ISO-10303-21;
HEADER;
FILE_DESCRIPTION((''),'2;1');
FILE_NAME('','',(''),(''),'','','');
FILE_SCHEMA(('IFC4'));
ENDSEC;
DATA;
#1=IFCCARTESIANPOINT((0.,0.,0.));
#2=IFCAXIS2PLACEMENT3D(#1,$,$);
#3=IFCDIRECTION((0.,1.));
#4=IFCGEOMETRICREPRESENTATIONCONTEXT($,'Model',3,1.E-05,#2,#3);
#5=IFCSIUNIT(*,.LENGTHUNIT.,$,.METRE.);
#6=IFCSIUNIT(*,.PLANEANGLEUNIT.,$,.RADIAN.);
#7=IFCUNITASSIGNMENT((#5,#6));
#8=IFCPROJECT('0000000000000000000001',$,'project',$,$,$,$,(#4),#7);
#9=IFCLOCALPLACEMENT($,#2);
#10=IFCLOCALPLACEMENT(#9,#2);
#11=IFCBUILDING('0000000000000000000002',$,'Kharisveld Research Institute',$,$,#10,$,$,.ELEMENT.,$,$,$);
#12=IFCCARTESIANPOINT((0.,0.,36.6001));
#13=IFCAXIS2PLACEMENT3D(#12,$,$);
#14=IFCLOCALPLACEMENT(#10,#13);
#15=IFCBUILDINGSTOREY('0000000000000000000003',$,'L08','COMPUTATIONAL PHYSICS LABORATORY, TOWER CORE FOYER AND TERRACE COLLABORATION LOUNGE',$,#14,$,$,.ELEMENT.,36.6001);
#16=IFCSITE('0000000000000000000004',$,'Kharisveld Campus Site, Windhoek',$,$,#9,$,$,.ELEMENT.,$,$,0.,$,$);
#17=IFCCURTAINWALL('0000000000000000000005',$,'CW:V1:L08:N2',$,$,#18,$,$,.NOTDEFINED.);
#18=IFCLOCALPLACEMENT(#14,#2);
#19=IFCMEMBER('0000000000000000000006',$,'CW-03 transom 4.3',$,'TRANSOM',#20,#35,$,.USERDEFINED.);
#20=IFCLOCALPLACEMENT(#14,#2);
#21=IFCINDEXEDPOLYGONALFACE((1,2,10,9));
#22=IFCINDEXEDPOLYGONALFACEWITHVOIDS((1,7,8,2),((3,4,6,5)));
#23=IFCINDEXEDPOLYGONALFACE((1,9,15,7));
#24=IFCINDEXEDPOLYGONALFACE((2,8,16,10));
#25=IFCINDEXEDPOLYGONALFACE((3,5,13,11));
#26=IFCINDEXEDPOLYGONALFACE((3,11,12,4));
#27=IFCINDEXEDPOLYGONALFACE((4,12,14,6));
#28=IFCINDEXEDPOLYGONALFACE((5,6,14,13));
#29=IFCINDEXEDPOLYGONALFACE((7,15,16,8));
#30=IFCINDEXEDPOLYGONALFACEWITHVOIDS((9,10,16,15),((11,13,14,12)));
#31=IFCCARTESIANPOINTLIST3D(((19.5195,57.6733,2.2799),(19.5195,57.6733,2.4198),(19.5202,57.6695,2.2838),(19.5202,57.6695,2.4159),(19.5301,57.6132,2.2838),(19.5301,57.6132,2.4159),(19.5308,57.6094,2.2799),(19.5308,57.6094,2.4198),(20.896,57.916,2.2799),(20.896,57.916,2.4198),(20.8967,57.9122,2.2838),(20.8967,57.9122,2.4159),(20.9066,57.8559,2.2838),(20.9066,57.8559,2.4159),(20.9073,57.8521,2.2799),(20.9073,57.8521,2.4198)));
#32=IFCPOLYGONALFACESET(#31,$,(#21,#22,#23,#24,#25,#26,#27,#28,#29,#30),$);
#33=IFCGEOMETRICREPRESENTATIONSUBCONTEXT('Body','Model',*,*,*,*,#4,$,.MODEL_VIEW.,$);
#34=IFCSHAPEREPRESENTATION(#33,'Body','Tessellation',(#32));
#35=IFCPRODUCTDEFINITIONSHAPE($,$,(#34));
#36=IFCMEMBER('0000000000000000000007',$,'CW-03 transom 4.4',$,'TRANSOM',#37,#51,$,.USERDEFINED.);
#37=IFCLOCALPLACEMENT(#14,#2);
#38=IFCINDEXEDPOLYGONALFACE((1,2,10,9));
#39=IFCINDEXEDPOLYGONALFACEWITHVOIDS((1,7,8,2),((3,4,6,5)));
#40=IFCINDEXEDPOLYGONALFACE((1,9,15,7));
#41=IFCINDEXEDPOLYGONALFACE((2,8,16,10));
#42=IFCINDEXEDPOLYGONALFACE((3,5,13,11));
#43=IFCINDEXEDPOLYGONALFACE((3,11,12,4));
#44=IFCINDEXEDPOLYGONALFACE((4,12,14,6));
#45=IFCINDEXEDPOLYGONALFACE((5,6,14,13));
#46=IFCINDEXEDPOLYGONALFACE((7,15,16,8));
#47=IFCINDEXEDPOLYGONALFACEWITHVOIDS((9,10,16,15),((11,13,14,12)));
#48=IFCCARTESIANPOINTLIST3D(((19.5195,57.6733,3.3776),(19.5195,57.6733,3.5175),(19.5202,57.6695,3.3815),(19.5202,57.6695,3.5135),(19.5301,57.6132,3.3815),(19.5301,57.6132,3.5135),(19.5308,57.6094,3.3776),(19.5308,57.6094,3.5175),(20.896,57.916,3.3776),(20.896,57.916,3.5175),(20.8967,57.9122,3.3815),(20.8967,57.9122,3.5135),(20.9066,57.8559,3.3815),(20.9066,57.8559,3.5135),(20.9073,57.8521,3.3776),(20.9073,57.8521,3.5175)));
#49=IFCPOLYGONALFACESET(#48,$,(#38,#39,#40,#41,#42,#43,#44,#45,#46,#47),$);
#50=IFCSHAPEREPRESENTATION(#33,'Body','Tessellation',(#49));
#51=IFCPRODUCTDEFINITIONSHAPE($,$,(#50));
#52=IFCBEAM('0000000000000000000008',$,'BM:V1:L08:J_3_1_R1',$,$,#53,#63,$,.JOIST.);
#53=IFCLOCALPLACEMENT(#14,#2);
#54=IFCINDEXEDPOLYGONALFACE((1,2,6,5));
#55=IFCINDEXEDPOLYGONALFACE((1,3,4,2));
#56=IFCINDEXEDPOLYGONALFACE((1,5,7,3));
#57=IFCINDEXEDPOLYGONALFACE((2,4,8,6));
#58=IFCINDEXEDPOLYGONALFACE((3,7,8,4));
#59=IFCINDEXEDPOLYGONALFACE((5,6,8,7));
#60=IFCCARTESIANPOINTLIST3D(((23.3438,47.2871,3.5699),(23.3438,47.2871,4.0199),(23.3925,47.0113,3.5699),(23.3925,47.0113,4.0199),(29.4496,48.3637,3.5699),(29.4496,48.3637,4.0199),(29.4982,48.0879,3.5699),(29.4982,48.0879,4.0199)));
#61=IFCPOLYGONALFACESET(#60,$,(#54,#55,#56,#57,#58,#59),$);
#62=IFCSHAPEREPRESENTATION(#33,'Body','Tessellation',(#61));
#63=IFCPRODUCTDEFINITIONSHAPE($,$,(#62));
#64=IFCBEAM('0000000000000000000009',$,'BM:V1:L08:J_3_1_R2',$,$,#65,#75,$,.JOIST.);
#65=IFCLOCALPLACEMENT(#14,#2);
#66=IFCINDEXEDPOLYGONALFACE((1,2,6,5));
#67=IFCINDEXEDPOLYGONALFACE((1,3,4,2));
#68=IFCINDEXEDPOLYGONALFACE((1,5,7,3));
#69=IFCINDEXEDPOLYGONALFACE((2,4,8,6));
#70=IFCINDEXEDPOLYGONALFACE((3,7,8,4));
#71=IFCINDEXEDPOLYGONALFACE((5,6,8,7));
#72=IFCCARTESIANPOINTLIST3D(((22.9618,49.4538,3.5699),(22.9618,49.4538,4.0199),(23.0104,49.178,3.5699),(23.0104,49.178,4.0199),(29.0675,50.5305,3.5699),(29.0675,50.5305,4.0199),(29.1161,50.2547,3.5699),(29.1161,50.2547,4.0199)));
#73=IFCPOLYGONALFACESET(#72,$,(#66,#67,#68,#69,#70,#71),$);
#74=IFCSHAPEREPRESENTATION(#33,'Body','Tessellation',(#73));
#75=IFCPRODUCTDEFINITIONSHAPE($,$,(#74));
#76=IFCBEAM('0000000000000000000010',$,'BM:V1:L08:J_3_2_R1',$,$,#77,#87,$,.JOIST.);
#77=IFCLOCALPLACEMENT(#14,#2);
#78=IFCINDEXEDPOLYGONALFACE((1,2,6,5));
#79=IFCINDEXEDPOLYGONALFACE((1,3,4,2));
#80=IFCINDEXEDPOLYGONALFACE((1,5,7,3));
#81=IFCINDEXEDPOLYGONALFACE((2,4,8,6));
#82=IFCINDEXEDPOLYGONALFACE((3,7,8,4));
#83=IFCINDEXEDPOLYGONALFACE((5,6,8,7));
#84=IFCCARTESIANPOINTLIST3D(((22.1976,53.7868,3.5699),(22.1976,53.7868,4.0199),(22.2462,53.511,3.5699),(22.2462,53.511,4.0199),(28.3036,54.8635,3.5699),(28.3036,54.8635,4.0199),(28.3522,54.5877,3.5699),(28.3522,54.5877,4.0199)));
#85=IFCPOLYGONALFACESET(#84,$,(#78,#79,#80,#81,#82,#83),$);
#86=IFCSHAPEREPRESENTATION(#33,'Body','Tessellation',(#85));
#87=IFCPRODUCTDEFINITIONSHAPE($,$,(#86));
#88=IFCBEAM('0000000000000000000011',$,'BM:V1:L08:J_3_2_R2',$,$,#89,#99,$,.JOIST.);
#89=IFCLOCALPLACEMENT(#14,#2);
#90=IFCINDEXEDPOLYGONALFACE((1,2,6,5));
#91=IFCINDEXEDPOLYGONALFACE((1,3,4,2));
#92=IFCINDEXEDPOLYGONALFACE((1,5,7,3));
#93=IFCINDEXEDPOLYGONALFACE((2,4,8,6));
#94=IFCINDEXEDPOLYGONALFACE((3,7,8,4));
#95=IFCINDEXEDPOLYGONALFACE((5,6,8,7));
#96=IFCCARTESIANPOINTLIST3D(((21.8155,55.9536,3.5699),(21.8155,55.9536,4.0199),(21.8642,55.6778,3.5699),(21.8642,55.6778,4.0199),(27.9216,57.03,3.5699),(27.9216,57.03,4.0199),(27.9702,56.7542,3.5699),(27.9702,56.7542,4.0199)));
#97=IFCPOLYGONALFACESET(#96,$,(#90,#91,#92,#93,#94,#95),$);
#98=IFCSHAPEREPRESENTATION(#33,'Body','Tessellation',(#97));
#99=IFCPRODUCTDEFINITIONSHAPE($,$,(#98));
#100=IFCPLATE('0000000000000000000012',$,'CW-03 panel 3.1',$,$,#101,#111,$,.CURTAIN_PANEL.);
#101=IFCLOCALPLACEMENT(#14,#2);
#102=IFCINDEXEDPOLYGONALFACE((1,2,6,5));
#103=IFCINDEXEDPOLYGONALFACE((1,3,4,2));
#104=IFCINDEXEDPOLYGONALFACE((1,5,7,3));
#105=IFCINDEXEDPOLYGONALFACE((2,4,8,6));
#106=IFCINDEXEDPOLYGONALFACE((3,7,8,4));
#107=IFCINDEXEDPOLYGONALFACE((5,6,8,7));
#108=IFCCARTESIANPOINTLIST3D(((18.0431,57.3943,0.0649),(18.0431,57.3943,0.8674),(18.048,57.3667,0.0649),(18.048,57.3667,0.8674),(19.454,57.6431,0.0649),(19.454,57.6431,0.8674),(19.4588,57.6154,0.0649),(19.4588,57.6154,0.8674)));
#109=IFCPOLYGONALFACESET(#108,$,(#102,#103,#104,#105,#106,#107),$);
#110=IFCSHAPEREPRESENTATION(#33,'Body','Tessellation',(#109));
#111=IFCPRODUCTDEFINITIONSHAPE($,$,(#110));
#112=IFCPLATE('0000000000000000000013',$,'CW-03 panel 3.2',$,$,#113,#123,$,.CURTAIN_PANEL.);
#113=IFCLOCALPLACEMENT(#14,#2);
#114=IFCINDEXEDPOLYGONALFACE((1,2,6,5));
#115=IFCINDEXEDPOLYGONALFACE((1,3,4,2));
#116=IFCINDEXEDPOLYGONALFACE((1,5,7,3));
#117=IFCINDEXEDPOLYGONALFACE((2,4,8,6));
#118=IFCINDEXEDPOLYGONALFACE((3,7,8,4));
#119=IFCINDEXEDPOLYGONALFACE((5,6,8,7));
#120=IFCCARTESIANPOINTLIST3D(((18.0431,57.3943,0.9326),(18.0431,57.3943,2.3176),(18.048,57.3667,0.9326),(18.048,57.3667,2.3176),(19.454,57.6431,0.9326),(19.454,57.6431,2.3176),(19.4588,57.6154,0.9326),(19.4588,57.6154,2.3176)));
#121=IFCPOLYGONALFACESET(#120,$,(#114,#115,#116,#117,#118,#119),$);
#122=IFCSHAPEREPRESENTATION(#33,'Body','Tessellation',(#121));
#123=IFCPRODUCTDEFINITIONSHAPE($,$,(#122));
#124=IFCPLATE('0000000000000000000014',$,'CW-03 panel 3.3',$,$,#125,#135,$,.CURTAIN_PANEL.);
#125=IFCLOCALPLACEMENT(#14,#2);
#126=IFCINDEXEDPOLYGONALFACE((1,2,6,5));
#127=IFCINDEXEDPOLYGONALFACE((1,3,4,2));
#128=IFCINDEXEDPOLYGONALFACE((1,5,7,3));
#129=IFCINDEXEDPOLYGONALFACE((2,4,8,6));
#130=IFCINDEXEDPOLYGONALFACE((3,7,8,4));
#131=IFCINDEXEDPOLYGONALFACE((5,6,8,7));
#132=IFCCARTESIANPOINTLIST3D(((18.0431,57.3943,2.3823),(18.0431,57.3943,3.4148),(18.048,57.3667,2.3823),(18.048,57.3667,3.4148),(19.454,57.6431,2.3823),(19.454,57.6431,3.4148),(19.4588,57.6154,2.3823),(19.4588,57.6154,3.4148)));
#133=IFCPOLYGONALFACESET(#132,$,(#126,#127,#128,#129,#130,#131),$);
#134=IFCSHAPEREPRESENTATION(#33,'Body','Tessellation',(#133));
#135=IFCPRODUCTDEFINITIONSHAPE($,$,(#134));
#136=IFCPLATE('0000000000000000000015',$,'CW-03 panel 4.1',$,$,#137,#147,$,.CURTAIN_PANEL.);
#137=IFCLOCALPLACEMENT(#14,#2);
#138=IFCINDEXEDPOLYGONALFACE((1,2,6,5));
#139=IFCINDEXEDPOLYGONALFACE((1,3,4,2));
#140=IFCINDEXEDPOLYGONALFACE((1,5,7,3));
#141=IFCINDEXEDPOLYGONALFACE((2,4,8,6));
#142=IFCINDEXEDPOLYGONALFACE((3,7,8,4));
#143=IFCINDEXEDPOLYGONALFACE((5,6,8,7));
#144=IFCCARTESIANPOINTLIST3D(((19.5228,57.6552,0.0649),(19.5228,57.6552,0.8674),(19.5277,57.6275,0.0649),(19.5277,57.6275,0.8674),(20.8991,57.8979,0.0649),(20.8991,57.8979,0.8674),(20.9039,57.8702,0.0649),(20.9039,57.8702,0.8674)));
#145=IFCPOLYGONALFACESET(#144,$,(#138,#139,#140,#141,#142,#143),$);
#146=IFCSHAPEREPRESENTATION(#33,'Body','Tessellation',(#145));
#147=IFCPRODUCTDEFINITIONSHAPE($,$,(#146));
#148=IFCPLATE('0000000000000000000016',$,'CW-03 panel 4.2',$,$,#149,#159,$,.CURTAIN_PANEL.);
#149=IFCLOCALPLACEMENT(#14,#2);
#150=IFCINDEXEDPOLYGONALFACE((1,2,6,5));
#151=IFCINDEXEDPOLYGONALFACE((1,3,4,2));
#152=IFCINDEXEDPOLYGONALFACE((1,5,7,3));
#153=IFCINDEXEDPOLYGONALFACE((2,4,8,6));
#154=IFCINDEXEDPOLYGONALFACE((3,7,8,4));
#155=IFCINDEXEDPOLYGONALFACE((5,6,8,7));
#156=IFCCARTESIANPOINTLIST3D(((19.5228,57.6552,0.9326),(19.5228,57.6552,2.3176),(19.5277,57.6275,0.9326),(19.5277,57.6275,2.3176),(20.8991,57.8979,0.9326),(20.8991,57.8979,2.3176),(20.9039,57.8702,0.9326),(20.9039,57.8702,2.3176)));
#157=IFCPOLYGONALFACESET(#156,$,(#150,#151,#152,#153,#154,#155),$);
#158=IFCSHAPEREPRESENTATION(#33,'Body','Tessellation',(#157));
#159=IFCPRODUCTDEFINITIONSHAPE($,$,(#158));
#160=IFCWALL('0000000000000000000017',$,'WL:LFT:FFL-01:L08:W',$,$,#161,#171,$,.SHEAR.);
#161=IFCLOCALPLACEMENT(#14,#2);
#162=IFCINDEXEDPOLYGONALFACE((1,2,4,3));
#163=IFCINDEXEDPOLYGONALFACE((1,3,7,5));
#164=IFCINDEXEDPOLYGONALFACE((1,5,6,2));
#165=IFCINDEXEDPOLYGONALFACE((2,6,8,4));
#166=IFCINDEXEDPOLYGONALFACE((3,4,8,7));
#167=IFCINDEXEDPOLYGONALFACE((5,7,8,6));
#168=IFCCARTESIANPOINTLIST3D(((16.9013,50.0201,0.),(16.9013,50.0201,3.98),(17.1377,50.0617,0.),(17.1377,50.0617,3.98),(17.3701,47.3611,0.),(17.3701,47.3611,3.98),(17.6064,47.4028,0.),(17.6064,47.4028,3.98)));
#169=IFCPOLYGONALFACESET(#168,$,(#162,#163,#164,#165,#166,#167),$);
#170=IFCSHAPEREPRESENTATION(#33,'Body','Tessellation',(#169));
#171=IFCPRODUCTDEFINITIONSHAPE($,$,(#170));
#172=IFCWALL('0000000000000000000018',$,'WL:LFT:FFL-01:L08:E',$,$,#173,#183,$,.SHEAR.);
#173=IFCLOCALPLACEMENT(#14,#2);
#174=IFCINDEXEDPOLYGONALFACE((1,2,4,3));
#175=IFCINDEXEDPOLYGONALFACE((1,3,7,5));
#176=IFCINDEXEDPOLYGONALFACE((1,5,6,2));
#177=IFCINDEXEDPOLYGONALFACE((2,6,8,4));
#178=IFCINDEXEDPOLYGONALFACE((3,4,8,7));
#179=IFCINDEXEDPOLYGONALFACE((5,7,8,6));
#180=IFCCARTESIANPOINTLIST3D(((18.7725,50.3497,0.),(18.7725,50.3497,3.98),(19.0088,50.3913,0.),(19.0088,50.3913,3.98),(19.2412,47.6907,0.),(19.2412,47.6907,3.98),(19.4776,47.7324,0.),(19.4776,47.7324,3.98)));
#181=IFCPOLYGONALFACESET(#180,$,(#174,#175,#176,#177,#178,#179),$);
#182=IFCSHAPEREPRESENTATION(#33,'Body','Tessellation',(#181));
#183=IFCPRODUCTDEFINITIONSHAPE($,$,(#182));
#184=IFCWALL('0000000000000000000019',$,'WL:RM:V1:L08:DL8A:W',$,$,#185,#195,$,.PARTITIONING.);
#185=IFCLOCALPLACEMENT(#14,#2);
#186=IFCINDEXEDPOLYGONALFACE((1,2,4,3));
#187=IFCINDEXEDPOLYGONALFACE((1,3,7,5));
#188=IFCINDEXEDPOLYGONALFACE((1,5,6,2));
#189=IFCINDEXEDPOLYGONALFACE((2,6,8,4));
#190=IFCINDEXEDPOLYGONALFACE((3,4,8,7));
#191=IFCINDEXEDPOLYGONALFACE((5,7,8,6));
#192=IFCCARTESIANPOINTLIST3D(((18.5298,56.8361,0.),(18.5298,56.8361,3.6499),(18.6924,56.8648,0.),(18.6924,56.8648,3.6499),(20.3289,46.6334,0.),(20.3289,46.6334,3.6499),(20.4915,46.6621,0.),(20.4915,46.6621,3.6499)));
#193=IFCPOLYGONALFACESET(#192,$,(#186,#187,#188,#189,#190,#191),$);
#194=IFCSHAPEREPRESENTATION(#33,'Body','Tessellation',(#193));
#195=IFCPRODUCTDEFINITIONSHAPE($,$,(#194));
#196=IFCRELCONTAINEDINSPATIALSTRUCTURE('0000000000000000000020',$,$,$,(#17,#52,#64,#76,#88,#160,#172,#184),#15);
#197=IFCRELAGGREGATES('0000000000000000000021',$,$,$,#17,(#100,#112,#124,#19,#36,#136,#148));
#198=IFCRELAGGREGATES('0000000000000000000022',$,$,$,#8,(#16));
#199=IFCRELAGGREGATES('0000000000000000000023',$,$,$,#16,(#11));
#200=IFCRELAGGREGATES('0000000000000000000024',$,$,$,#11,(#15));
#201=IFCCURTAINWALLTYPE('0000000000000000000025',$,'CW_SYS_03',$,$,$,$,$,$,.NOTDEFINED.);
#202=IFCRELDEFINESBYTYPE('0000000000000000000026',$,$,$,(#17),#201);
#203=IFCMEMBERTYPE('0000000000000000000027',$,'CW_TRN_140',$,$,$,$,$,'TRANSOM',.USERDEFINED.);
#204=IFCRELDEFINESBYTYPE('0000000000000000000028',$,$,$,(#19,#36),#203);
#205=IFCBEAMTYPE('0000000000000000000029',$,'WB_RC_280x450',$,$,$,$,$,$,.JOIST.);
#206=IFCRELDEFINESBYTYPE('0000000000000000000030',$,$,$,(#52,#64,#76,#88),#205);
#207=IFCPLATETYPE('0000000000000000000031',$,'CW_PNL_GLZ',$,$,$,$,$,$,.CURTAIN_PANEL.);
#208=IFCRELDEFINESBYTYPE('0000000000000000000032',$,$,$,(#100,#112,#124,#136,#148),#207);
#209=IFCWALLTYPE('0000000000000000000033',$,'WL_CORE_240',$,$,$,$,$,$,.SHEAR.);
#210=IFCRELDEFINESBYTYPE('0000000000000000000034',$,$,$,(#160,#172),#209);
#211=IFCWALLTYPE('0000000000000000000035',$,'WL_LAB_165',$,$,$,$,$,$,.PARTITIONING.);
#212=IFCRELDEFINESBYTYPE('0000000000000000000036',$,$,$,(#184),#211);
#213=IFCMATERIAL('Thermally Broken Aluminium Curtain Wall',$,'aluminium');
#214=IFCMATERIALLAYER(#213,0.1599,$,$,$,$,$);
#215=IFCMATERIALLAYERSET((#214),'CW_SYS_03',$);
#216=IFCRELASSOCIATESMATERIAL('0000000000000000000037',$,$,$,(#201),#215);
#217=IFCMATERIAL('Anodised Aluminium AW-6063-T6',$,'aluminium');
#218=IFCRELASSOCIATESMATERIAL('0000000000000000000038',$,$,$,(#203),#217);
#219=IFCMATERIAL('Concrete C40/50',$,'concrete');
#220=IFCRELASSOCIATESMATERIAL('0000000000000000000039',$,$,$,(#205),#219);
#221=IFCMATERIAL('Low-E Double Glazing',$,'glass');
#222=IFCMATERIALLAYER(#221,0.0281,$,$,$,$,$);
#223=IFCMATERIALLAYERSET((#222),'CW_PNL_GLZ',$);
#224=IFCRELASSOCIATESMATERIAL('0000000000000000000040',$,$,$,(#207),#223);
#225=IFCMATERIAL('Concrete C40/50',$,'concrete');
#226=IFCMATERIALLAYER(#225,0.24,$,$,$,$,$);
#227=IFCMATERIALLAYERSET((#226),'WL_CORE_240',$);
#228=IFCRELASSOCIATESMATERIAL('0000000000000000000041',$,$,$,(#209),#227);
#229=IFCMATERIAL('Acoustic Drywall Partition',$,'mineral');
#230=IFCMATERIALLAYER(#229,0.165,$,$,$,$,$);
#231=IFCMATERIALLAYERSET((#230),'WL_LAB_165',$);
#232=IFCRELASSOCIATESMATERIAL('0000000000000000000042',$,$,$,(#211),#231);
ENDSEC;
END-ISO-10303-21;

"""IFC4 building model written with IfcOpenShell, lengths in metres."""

from ifc_helpers import new_model, si_unit, direction, frame, frame_2d, origin, origin_2d, place, context, subcontext, project, spatial, rectangle, hollow_rectangle, extrude, material, layer, layer_set, material_profile, profile_set, type_object, element, aggregate, save


model = new_model("IFC4")

# Units and contexts
model_context = context("Model", 3, precision=1e-05, world=origin(), true_north=direction((0.0, 1.0)))
body_context = subcontext(model_context, "Body", "Model", "MODEL_VIEW")
ifc_project = project(units=[si_unit("LENGTHUNIT", "METRE"), si_unit("PLANEANGLEUNIT", "RADIAN")], contexts=[model_context])

# Site, building, storey
site_placement = place(None, origin())
site = spatial("IfcSite", under=ifc_project, at=site_placement, Name="Kharisveld Campus Site, Windhoek", CompositionType="ELEMENT", RefElevation=0.0)
building_placement = place(site_placement, origin())
building = spatial("IfcBuilding", under=site, at=building_placement, Name="Kharisveld Research Institute", CompositionType="ELEMENT")
storey_placement = place(building_placement, frame((0.0, 0.0, 36.6001)))
storey = spatial("IfcBuildingStorey", under=building, at=storey_placement, Name="L08", Description="COMPUTATIONAL PHYSICS LABORATORY, TOWER CORE FOYER AND TERRACE COLLABORATION LOUNGE", CompositionType="ELEMENT", Elevation=36.6001)

# Curtain wall, members
ifc_material_1 = material(Name="Thermally Broken Aluminium Curtain Wall", Category="aluminium")
ifc_layer_1 = layer(ifc_material_1, 0.1599)
ifc_layer_set_1 = layer_set([ifc_layer_1], Name="CW_SYS_03")
curtain_wall_type = type_object("IfcCurtainWallType", Name="CW_SYS_03", PredefinedType="NOTDEFINED", material=ifc_layer_set_1)
curtain_wall_placement = place(storey_placement, origin())
curtain_wall = element("IfcCurtainWall", 1, at=curtain_wall_placement, inside=storey, type_object=curtain_wall_type, Name="CW:V1:L08:N2", PredefinedType="NOTDEFINED")
ifc_material_2 = material(Name="Anodised Aluminium AW-6063-T6", Category="aluminium")
ifc_material_profile_1 = material_profile(ifc_material_2, hollow_rectangle(XDim=0.0649, YDim=0.1399, WallThickness=0.0039, at=origin_2d()))
ifc_profile_set_1 = profile_set([ifc_material_profile_1], Name="Anodised Aluminium AW-6063-T6")
member_type_1 = type_object("IfcMemberType", Name="CW_TRN_140", ElementType="TRANSOM", PredefinedType="USERDEFINED", material=ifc_profile_set_1)
member_1_placement = place(storey_placement, frame((19.5251, 57.6414, 2.3499), z_axis=(0.984812, 0.173626, 0.0), x_axis=(-0.173626, 0.984812, 0.0)))
member_1 = element("IfcMember", 2, at=member_1_placement, type_object=member_type_1, Name="CW-03 transom 4.3", ObjectType="TRANSOM", PredefinedType="USERDEFINED", context=body_context, shape_type="SweptSolid", body=[
    extrude(hollow_rectangle(XDim=0.0649, YDim=0.1399, WallThickness=0.0039, at=origin_2d()), origin(), (0.0, 0.0, 1.0), 1.3977),
])
member_2_placement = place(storey_placement, frame((19.5251, 57.6414, 3.4475), z_axis=(0.984812, 0.173626, 0.0), x_axis=(-0.173626, 0.984812, 0.0)))
member_2 = element("IfcMember", 3, at=member_2_placement, type_object=member_type_1, Name="CW-03 transom 4.4", ObjectType="TRANSOM", PredefinedType="USERDEFINED", context=body_context, shape_type="SweptSolid", body=[
    extrude(hollow_rectangle(XDim=0.0649, YDim=0.1399, WallThickness=0.0039, at=origin_2d()), origin(), (0.0, 0.0, 1.0), 1.3977),
])

# Beams
ifc_material_3 = material(Name="Concrete C40/50", Category="concrete")
ifc_material_profile_2 = material_profile(ifc_material_3, rectangle(XDim=0.28, YDim=0.45, at=origin_2d()))
ifc_profile_set_2 = profile_set([ifc_material_profile_2], Name="Concrete C40/50")
beam_type_1 = type_object("IfcBeamType", Name="WB_RC_280x450", PredefinedType="JOIST", material=ifc_profile_set_2)
for number, where, z_axis, x_axis, name in (
    (4, (23.3682, 47.1492, 3.7949), (0.984806, 0.173657, 0.0), (-0.173657, 0.984806, 0.0), "BM:V1:L08:J_3_1_R1"),
    (5, (22.9861, 49.3159, 3.7949), (0.984806, 0.173657, 0.0), (-0.173657, 0.984806, 0.0), "BM:V1:L08:J_3_1_R2"),
):
    element("IfcBeam", number, at=place(storey_placement, frame(where, z_axis=z_axis, x_axis=x_axis)), inside=storey, type_object=beam_type_1, Name=name, PredefinedType="JOIST", context=body_context, shape_type="SweptSolid", body=[
        extrude(rectangle(XDim=0.28, YDim=0.45, at=origin_2d()), origin(), (0.0, 0.0, 1.0), 6.2),
    ])
for number, where, z_axis, x_axis, name in (
    (6, (22.2219, 53.6489, 3.7949), (0.984807, 0.173651, 0.0), (-0.173651, 0.984807, 0.0), "BM:V1:L08:J_3_2_R1"),
    (7, (21.8398, 55.8157, 3.7949), (0.984814, 0.173612, 0.0), (-0.173612, 0.984814, 0.0), "BM:V1:L08:J_3_2_R2"),
):
    element("IfcBeam", number, at=place(storey_placement, frame(where, z_axis=z_axis, x_axis=x_axis)), inside=storey, type_object=beam_type_1, Name=name, PredefinedType="JOIST", context=body_context, shape_type="SweptSolid", body=[
        extrude(rectangle(XDim=0.28, YDim=0.45, at=origin_2d()), origin(), (0.0, 0.0, 1.0), 6.2002),
    ])

# Plates
ifc_material_4 = material(Name="Low-E Double Glazing", Category="glass")
ifc_layer_2 = layer(ifc_material_4, 0.0281)
ifc_layer_set_2 = layer_set([ifc_layer_2], Name="CW_PNL_GLZ")
plate_type = type_object("IfcPlateType", Name="CW_PNL_GLZ", PredefinedType="CURTAIN_PANEL", material=ifc_layer_set_2)
plate_1_placement = place(storey_placement, frame((18.751, 57.5049, 0.0649), z_axis=(0.0, 0.0, 1.0), x_axis=(0.984808, 0.173648, 0.0)))
plate_1 = element("IfcPlate", 8, at=plate_1_placement, type_object=plate_type, Name="CW-03 panel 3.1", PredefinedType="CURTAIN_PANEL", context=body_context, shape_type="SweptSolid", body=[
    extrude(rectangle(XDim=1.4326, YDim=0.0281, at=origin_2d()), origin(), (0.0, 0.0, 1.0), 0.8025),
])
plate_2_placement = place(storey_placement, frame((18.751, 57.5049, 0.9326), z_axis=(0.0, 0.0, 1.0), x_axis=(0.984808, 0.173648, 0.0)))
plate_2 = element("IfcPlate", 9, at=plate_2_placement, type_object=plate_type, Name="CW-03 panel 3.2", PredefinedType="CURTAIN_PANEL", context=body_context, shape_type="SweptSolid", body=[
    extrude(rectangle(XDim=1.4326, YDim=0.0281, at=origin_2d()), origin(), (0.0, 0.0, 1.0), 1.385),
])
plate_3_placement = place(storey_placement, frame((18.751, 57.5049, 2.3823), z_axis=(0.0, 0.0, 1.0), x_axis=(0.984808, 0.173648, 0.0)))
plate_3 = element("IfcPlate", 10, at=plate_3_placement, type_object=plate_type, Name="CW-03 panel 3.3", PredefinedType="CURTAIN_PANEL", context=body_context, shape_type="SweptSolid", body=[
    extrude(rectangle(XDim=1.4326, YDim=0.0281, at=origin_2d()), origin(), (0.0, 0.0, 1.0), 1.0325),
])
plate_4_placement = place(storey_placement, frame((20.2134, 57.7627, 0.0649), z_axis=(0.0, 0.0, 1.0), x_axis=(0.984808, 0.173648, 0.0)))
plate_4 = element("IfcPlate", 11, at=plate_4_placement, type_object=plate_type, Name="CW-03 panel 4.1", PredefinedType="CURTAIN_PANEL", context=body_context, shape_type="SweptSolid", body=[
    extrude(rectangle(XDim=1.3975, YDim=0.0281, at=origin_2d()), origin(), (0.0, 0.0, 1.0), 0.8025),
])
plate_5_placement = place(storey_placement, frame((20.2134, 57.7627, 0.9326), z_axis=(0.0, 0.0, 1.0), x_axis=(0.984808, 0.173648, 0.0)))
plate_5 = element("IfcPlate", 12, at=plate_5_placement, type_object=plate_type, Name="CW-03 panel 4.2", PredefinedType="CURTAIN_PANEL", context=body_context, shape_type="SweptSolid", body=[
    extrude(rectangle(XDim=1.3975, YDim=0.0281, at=origin_2d()), origin(), (0.0, 0.0, 1.0), 1.385),
])
aggregate(curtain_wall, [plate_1, plate_2, plate_3, member_1, member_2, plate_4, plate_5])

# Walls
ifc_material_5 = material(Name="Concrete C40/50", Category="concrete")
ifc_layer_3 = layer(ifc_material_5, 0.24)
ifc_layer_set_3 = layer_set([ifc_layer_3], Name="WL_CORE_240")
wall_type_1 = type_object("IfcWallType", Name="WL_CORE_240", PredefinedType="SHEAR", material=ifc_layer_set_3)
for number, where, z_axis, x_axis, name in (
    (13, (17.4883, 47.3818, 0.0), (0.0, 0.0, 1.0), (-0.173615, 0.984814, 0.0), "WL:LFT:FFL-01:L08:W"),
    (14, (18.8906, 50.3706, 0.0), (0.0, 0.0, 1.0), (0.173615, -0.984814, 0.0), "WL:LFT:FFL-01:L08:E"),
):
    element("IfcWall", number, at=place(storey_placement, frame(where, z_axis=z_axis, x_axis=x_axis)), inside=storey, type_object=wall_type_1, Name=name, PredefinedType="SHEAR", context=body_context, shape_type="SweptSolid", body=[
        extrude(rectangle(XDim=2.7, YDim=0.24, at=frame_2d((1.3501, 0.0))), origin(), (0.0, 0.0, 1.0), 3.98),
    ])

# Wall
ifc_material_6 = material(Name="Acoustic Drywall Partition", Category="mineral")
ifc_layer_4 = layer(ifc_material_6, 0.165)
ifc_layer_set_4 = layer_set([ifc_layer_4], Name="WL_LAB_165")
wall_type_2 = type_object("IfcWallType", Name="WL_LAB_165", PredefinedType="PARTITIONING", material=ifc_layer_set_4)
wall_1_placement = place(storey_placement, frame((18.6111, 56.8506, 0.0), z_axis=(0.0, 0.0, 1.0), x_axis=(0.173655, -0.984807, 0.0)))
element("IfcWall", 15, at=wall_1_placement, inside=storey, type_object=wall_type_2, Name="WL:RM:V1:L08:DL8A:W", PredefinedType="PARTITIONING", context=body_context, shape_type="SweptSolid", body=[
    extrude(rectangle(XDim=10.3601, YDim=0.165, at=frame_2d((5.1802, 0.0))), origin(), (0.0, 0.0, 1.0), 3.6499),
])

save(model, "model.ifc")
